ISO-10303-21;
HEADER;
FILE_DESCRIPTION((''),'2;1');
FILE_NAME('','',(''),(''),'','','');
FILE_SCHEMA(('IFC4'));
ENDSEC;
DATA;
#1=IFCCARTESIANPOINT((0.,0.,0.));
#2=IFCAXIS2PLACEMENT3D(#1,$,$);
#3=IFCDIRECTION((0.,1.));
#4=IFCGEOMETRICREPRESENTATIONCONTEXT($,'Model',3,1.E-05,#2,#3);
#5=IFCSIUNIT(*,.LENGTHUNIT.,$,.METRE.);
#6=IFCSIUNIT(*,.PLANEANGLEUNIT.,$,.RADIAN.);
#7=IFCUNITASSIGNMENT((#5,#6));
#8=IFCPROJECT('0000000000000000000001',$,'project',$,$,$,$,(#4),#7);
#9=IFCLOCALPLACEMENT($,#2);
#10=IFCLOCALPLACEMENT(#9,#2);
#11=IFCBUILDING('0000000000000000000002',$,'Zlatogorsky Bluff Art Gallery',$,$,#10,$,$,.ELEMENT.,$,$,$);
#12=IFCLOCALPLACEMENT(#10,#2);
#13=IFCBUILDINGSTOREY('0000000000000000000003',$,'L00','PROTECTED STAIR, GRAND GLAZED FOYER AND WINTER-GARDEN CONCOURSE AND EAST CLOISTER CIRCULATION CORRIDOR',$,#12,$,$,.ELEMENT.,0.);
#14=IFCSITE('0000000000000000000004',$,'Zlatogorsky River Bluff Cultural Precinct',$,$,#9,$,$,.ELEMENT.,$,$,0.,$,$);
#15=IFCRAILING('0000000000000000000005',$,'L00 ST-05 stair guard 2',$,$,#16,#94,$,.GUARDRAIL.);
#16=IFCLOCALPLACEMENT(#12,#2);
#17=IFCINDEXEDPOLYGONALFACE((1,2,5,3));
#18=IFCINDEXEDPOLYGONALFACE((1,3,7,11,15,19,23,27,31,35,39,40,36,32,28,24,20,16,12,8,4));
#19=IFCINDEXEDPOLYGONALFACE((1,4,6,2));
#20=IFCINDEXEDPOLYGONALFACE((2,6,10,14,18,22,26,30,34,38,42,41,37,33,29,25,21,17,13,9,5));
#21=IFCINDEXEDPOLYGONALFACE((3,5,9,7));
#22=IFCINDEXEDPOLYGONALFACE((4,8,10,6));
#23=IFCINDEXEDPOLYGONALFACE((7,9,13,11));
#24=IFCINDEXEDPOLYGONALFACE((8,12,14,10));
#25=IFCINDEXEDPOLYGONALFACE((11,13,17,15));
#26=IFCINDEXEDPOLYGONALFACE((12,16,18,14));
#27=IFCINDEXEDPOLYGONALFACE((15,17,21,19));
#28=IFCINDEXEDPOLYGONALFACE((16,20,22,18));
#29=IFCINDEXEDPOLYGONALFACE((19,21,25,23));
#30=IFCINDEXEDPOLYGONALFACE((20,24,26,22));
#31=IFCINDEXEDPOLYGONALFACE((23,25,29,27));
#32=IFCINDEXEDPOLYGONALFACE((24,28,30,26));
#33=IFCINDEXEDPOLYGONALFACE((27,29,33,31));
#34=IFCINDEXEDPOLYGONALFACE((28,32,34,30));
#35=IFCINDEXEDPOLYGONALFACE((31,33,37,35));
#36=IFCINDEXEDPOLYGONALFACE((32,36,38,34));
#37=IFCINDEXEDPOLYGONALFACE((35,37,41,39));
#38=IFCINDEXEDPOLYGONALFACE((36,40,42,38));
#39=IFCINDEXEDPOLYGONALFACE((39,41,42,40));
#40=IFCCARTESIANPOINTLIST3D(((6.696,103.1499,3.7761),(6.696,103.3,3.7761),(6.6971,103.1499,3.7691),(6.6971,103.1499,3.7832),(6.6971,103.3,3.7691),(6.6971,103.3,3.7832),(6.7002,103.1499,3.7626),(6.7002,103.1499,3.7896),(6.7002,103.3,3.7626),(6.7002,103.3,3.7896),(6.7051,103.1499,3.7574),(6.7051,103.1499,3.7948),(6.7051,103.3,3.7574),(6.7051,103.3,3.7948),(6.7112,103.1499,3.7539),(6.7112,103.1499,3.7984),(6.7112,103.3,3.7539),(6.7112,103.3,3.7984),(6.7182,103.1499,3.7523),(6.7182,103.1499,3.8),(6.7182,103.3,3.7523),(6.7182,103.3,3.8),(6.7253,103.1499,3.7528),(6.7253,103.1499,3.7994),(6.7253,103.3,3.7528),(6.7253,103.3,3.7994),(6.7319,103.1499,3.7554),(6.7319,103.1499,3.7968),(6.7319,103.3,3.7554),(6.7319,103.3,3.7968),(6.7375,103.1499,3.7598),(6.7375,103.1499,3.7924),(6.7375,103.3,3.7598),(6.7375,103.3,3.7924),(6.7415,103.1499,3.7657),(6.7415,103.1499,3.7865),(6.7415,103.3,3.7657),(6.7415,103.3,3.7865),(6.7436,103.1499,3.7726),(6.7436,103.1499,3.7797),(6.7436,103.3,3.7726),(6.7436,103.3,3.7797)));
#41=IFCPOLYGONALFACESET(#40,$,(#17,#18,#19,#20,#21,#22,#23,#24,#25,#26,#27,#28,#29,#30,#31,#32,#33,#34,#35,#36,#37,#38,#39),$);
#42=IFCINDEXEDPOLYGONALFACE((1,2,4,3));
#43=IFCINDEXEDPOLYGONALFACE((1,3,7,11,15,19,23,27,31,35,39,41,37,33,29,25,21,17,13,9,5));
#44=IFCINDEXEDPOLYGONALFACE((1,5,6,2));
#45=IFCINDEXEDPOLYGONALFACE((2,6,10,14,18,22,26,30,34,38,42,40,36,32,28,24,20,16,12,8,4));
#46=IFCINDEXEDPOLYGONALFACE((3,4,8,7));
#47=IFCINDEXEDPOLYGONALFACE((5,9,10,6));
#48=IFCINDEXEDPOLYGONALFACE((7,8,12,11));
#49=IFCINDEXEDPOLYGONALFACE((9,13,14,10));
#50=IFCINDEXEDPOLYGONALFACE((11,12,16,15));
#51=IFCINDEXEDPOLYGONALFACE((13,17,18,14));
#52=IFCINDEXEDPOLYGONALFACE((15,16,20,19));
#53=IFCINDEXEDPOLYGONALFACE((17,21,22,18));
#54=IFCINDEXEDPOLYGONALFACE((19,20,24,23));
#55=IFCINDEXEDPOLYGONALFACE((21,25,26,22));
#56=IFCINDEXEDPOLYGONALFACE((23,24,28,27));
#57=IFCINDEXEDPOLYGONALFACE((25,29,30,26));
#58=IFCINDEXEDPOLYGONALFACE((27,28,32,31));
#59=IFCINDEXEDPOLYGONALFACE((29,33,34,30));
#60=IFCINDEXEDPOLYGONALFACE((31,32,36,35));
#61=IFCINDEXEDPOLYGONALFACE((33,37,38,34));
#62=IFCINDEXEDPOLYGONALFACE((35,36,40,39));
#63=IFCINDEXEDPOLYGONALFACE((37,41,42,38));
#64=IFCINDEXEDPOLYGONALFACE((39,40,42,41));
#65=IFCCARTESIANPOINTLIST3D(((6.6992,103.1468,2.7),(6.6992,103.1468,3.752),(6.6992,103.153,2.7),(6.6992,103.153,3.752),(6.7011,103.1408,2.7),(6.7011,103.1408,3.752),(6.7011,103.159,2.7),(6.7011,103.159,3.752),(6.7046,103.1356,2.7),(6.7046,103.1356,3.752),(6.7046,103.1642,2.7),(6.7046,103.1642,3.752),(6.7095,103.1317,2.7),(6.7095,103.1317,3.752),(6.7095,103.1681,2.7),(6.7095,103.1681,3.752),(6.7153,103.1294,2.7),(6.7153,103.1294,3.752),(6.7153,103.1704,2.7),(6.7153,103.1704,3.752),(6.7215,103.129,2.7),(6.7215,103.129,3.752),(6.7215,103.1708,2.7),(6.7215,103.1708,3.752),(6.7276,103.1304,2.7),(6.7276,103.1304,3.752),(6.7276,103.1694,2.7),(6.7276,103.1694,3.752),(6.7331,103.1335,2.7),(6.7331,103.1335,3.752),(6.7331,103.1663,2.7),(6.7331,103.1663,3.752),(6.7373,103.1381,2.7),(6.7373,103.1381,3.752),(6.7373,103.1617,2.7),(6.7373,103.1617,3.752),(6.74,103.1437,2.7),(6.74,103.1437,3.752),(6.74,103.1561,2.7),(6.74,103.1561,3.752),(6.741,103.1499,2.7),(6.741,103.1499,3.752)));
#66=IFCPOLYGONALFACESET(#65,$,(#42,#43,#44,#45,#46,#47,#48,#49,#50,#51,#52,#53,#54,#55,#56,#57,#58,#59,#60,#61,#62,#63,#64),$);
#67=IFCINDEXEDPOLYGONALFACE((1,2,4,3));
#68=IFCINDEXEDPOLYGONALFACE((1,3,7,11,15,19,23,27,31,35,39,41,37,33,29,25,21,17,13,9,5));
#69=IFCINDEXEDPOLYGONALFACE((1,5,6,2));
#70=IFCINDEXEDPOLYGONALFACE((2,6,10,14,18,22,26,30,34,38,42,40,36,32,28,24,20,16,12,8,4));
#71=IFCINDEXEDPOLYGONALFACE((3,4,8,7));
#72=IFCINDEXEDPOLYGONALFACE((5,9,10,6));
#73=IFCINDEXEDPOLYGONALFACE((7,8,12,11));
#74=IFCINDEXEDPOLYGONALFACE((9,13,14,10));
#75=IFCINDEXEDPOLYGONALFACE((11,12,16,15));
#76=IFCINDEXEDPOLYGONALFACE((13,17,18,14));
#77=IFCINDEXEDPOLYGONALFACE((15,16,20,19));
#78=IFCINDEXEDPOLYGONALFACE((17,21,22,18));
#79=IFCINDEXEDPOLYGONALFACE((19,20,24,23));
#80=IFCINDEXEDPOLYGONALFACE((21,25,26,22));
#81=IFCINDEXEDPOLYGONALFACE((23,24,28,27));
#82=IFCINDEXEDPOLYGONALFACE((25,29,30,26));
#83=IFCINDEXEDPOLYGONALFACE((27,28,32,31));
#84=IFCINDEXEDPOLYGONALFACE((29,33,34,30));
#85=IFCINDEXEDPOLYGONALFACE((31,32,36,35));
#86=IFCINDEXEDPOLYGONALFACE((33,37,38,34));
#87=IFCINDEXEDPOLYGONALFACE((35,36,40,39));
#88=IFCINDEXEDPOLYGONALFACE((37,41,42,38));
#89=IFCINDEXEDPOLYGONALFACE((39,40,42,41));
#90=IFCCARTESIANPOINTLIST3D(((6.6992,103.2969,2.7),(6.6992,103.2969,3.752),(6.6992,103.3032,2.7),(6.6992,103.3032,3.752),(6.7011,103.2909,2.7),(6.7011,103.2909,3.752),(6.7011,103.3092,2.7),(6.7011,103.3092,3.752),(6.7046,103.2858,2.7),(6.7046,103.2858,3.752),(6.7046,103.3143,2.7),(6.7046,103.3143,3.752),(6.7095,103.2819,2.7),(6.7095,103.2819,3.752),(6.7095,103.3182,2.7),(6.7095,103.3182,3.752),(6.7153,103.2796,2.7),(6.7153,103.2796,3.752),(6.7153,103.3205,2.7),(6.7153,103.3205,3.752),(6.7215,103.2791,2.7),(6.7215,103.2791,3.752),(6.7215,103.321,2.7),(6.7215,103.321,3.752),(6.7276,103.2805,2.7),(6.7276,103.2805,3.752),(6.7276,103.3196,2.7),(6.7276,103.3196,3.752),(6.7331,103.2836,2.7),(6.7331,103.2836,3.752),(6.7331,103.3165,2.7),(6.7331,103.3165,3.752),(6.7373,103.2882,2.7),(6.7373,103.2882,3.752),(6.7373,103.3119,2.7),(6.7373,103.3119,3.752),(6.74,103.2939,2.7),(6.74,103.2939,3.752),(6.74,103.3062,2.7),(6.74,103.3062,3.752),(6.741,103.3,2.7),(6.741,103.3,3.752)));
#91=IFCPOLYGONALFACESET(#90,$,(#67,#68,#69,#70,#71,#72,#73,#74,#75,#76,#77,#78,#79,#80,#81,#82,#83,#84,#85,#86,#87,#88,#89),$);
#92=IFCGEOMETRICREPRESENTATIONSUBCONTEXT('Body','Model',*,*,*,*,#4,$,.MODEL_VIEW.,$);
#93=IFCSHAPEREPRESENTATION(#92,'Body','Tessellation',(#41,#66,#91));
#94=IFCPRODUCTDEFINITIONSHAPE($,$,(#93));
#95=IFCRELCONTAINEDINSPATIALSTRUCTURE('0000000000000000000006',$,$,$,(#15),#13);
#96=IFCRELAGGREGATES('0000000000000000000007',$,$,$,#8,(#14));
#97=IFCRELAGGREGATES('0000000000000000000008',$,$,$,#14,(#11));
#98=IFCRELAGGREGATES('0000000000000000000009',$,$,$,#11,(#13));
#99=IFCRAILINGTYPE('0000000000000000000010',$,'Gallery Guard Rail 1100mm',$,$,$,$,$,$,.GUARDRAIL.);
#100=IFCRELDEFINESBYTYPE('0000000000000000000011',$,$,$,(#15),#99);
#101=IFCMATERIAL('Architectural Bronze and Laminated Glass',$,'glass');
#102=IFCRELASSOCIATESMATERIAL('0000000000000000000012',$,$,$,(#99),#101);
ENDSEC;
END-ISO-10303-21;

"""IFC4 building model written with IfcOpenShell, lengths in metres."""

from ifc_helpers import new_model, si_unit, direction, frame, origin, origin_2d, place, context, subcontext, project, spatial, circle, extrude, material, type_object, element, save


model = new_model("IFC4")

# Units and contexts
model_context = context("Model", 3, precision=1e-05, world=origin(), true_north=direction((0.0, 1.0)))
body_context = subcontext(model_context, "Body", "Model", "MODEL_VIEW")
ifc_project = project(units=[si_unit("LENGTHUNIT", "METRE"), si_unit("PLANEANGLEUNIT", "RADIAN")], contexts=[model_context])

# Site, building, storey
site_placement = place(None, origin())
site = spatial("IfcSite", under=ifc_project, at=site_placement, Name="Zlatogorsky River Bluff Cultural Precinct", CompositionType="ELEMENT", RefElevation=0.0)
building_placement = place(site_placement, origin())
building = spatial("IfcBuilding", under=site, at=building_placement, Name="Zlatogorsky Bluff Art Gallery", CompositionType="ELEMENT")
storey_placement = place(building_placement, origin())
storey = spatial("IfcBuildingStorey", under=building, at=storey_placement, Name="L00", Description="PROTECTED STAIR, GRAND GLAZED FOYER AND WINTER-GARDEN CONCOURSE AND EAST CLOISTER CIRCULATION CORRIDOR", CompositionType="ELEMENT", Elevation=0.0)

# Railing
ifc_material_1 = material(Name="Architectural Bronze and Laminated Glass", Category="glass")
railing_type_1 = type_object("IfcRailingType", Name="Gallery Guard Rail 1100mm", PredefinedType="GUARDRAIL", material=ifc_material_1)
railing_1_placement = place(storey_placement, frame((6.72, 103.1499, 2.7)))
element("IfcRailing", 1, at=railing_1_placement, inside=storey, type_object=railing_type_1, Name="L00 ST-05 stair guard 2", PredefinedType="GUARDRAIL", context=body_context, shape_type="SweptSolid", body=[
    extrude(circle(Radius=0.0239, at=origin_2d()), frame((0.0, 0.0, 1.0762), z_axis=(0.0, 1.0, 0.0), x_axis=(-1.0, 0.0, 0.0)), (0.0, 0.0, 1.0), 0.1501),
    extrude(circle(Radius=0.021, at=origin_2d()), origin(), (0.0, 0.0, 1.0), 1.052),
    extrude(circle(Radius=0.021, at=origin_2d()), frame((0.0, 0.1501, 0.0)), (0.0, 0.0, 1.0), 1.052),
])

save(model, "model.ifc")
